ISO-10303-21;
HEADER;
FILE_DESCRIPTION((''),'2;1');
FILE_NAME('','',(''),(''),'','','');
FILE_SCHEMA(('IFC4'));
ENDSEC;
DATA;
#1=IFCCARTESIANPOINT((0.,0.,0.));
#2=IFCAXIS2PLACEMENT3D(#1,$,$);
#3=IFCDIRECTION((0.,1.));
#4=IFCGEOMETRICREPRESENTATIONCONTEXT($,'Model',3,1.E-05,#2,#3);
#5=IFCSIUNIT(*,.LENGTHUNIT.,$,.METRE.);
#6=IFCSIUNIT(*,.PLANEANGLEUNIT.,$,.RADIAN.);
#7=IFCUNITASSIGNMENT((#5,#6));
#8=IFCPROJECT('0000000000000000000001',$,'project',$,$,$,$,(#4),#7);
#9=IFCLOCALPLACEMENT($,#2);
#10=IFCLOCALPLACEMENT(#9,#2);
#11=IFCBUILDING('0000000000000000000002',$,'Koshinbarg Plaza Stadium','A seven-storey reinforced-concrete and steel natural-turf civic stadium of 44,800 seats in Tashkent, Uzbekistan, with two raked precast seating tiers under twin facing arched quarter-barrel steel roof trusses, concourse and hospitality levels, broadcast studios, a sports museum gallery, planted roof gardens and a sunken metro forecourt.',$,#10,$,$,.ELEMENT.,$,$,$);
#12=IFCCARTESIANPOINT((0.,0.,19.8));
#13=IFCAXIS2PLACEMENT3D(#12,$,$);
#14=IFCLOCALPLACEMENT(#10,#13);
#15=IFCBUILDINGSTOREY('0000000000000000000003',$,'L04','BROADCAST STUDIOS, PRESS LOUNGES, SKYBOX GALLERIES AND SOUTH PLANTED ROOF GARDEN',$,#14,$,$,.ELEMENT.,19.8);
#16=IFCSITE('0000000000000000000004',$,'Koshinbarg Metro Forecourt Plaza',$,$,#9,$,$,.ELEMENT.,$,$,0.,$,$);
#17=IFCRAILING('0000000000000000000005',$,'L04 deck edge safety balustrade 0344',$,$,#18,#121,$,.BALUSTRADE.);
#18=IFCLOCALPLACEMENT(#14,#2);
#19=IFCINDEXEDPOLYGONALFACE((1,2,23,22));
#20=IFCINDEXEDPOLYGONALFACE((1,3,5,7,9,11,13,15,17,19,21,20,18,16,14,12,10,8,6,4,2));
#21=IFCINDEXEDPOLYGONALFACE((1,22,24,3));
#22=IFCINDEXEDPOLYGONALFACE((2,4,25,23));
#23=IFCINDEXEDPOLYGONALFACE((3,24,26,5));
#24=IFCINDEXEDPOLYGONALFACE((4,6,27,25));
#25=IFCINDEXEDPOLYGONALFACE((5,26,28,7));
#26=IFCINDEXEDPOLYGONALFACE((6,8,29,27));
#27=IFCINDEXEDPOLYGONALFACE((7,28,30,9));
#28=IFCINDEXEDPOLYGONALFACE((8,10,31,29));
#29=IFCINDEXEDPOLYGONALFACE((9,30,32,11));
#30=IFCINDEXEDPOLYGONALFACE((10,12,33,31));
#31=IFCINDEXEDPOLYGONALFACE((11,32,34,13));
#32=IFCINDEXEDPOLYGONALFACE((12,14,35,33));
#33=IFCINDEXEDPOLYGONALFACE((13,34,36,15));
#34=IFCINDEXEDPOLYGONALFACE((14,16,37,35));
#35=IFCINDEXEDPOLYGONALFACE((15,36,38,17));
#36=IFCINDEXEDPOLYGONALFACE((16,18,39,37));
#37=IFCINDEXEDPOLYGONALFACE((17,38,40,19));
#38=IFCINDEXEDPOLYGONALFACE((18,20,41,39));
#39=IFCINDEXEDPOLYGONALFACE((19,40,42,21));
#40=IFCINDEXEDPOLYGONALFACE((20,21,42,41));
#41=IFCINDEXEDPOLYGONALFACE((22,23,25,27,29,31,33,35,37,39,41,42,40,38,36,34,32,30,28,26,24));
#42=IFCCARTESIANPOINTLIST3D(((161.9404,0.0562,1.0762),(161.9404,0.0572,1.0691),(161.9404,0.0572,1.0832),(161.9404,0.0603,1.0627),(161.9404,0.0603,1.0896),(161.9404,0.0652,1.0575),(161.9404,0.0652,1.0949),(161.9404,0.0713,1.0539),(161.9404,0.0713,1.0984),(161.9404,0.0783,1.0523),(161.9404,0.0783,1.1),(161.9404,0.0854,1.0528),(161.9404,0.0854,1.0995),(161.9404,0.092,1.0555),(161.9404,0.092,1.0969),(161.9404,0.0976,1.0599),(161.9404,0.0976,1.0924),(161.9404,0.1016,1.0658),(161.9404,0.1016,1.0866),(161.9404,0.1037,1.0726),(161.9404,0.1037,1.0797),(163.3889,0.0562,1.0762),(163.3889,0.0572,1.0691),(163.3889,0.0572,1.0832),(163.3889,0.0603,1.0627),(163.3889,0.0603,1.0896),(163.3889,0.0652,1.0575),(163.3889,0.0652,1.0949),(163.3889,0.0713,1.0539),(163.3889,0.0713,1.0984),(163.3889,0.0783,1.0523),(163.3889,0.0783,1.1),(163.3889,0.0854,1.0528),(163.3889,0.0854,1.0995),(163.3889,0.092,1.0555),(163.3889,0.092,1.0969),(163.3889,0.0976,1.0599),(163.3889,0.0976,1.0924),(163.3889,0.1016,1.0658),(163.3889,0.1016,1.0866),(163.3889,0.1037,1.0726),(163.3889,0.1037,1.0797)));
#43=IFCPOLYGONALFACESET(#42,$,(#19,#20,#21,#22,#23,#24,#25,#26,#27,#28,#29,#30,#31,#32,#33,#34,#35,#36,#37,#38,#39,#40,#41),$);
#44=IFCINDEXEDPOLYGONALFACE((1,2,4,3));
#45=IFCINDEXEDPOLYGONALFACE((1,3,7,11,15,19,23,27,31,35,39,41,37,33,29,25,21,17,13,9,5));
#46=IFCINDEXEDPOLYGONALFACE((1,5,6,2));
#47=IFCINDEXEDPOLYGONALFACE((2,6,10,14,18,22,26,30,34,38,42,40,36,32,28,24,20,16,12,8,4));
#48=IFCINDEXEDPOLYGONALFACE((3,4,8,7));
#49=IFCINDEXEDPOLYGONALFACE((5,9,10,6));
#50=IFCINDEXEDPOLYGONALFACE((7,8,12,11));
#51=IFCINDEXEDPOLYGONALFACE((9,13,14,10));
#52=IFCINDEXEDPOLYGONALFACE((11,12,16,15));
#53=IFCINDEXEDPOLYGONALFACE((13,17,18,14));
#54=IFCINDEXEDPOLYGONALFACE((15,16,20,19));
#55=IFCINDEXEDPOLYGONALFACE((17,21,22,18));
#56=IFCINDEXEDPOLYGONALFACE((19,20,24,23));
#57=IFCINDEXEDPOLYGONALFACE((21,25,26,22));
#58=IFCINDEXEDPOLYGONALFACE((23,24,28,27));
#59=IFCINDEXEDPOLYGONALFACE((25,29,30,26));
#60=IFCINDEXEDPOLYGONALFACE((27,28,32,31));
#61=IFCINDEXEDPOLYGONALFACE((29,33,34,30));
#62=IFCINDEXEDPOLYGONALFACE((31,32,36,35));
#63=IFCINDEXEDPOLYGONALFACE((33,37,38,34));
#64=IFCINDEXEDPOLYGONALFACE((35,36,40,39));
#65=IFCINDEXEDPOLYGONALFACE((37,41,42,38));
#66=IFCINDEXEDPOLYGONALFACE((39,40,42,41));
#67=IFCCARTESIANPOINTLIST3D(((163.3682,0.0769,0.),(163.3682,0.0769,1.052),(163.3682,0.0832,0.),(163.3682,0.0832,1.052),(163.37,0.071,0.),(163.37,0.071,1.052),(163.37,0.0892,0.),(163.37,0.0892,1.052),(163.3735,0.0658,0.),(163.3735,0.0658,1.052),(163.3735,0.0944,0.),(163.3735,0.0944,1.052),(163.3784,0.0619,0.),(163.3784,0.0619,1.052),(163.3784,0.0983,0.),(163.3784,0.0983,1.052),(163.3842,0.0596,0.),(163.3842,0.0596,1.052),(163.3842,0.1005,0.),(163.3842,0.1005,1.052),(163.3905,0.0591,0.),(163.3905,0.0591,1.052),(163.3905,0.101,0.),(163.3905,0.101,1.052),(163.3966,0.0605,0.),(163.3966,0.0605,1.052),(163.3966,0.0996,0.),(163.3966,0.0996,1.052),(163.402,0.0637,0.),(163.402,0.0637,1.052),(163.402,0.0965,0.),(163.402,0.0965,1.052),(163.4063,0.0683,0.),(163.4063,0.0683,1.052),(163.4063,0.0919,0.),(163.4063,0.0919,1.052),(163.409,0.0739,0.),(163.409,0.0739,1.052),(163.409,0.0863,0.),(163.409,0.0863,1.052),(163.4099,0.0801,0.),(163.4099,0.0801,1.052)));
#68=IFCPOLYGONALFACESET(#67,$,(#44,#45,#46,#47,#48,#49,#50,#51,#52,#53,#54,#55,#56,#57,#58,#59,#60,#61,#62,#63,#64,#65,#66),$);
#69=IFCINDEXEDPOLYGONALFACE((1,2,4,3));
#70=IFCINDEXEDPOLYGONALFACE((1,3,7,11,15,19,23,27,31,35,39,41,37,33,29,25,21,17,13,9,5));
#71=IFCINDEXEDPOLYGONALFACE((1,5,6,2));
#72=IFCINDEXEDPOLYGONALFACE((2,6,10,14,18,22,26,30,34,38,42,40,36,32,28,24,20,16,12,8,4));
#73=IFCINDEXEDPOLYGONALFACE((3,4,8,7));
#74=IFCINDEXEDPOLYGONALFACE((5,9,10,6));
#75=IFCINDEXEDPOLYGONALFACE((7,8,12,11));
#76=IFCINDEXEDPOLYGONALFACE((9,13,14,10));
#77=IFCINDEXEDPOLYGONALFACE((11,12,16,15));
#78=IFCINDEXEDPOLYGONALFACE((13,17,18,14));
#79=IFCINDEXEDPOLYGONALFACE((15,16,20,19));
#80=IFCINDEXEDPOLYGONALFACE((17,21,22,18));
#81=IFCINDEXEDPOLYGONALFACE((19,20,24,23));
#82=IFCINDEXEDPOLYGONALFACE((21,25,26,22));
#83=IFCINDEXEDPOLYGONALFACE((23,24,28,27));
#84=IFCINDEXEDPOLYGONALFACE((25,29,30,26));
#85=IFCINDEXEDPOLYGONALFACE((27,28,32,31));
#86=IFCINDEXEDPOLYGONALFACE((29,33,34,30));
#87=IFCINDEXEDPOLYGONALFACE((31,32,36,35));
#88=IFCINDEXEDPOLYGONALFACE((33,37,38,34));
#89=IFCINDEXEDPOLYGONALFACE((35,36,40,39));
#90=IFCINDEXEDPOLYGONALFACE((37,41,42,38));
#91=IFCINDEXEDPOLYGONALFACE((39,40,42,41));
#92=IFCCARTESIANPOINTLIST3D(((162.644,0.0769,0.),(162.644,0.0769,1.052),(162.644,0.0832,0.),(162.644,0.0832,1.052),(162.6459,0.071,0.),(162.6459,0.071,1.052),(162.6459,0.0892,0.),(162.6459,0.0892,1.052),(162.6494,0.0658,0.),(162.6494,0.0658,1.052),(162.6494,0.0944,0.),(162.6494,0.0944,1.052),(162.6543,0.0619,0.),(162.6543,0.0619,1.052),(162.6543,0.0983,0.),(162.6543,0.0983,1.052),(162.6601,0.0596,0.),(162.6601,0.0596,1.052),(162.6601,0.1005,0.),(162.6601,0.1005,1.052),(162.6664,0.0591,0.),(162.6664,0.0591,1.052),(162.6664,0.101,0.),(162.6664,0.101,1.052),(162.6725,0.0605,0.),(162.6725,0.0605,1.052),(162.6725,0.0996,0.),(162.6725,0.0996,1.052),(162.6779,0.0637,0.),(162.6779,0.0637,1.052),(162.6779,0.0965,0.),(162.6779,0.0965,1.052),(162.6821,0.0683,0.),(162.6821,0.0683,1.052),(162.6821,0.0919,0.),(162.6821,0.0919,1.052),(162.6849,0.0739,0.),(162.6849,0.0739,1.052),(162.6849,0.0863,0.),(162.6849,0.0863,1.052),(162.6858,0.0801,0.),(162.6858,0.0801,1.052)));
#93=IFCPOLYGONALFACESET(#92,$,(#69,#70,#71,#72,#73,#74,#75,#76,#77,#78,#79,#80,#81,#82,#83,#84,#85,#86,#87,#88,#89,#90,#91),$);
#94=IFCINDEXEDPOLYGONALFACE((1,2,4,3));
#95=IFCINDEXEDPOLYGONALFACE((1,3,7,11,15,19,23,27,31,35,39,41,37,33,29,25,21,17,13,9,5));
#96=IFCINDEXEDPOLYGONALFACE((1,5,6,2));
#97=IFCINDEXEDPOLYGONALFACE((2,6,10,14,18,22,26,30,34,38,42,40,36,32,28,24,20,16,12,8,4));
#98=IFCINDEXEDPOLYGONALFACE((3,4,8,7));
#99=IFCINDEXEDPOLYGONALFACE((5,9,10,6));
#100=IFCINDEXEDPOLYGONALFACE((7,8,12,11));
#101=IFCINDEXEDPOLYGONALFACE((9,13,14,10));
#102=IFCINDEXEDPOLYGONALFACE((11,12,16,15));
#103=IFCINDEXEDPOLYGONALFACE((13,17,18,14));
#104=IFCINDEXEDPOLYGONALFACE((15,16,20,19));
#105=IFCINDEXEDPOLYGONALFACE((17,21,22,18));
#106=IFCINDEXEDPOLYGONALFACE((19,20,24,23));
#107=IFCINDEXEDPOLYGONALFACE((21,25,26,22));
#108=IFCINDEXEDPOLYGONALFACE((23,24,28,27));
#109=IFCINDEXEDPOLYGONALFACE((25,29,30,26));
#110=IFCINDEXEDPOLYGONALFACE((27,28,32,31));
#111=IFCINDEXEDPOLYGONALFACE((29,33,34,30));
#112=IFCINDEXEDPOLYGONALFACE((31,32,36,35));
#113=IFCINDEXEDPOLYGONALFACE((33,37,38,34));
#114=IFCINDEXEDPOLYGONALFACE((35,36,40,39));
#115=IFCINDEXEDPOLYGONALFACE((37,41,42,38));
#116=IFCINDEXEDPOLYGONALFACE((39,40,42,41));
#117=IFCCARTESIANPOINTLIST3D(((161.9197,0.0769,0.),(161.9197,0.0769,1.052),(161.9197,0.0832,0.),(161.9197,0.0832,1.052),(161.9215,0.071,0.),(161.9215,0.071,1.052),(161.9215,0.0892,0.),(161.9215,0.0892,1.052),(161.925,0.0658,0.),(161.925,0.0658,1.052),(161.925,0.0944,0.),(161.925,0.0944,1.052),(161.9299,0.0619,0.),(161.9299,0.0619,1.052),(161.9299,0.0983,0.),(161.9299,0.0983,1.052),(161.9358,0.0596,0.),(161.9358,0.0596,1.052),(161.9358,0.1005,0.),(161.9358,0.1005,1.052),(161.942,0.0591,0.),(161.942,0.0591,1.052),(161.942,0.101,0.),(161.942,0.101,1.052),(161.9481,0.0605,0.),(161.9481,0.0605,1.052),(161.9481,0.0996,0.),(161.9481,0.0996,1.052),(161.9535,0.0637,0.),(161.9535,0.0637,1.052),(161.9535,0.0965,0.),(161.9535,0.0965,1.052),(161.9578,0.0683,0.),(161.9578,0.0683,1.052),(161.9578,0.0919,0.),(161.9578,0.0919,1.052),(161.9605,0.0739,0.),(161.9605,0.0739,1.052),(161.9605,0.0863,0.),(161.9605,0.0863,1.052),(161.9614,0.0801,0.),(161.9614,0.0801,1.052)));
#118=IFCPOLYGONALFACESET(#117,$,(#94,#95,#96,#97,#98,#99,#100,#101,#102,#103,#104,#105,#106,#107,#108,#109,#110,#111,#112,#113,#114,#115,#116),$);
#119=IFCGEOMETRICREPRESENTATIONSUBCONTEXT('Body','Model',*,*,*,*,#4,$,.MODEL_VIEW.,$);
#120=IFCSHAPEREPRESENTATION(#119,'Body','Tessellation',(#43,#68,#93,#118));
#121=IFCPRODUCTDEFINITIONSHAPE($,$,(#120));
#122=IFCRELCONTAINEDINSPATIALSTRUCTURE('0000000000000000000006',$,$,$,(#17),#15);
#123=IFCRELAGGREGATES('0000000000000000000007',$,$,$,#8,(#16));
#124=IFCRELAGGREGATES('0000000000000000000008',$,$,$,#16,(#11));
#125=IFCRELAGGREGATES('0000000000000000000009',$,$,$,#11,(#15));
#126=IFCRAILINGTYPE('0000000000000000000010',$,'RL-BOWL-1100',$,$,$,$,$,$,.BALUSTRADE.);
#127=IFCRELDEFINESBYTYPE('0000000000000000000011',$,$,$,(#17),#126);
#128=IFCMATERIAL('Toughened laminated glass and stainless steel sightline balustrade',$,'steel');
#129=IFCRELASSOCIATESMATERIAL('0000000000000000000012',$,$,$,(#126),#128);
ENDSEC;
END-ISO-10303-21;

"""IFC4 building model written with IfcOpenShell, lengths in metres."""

from ifc_helpers import new_model, si_unit, direction, frame, origin, origin_2d, place, context, subcontext, project, spatial, circle, extrude, material, type_object, element, save


model = new_model("IFC4")

# Units and contexts
model_context = context("Model", 3, precision=1e-05, world=origin(), true_north=direction((0.0, 1.0)))
body_context = subcontext(model_context, "Body", "Model", "MODEL_VIEW")
ifc_project = project(units=[si_unit("LENGTHUNIT", "METRE"), si_unit("PLANEANGLEUNIT", "RADIAN")], contexts=[model_context])

# Site, building, storey
site_placement = place(None, origin())
site = spatial("IfcSite", under=ifc_project, at=site_placement, Name="Koshinbarg Metro Forecourt Plaza", CompositionType="ELEMENT", RefElevation=0.0)
building_placement = place(site_placement, origin())
building = spatial("IfcBuilding", under=site, at=building_placement, Name="Koshinbarg Plaza Stadium", Description="A seven-storey reinforced-concrete and steel natural-turf civic stadium of 44,800 seats in Tashkent, Uzbekistan, with two raked precast seating tiers under twin facing arched quarter-barrel steel roof trusses, concourse and hospitality levels, broadcast studios, a sports museum gallery, planted roof gardens and a sunken metro forecourt.", CompositionType="ELEMENT")
storey_placement = place(building_placement, frame((0.0, 0.0, 19.8)))
storey = spatial("IfcBuildingStorey", under=building, at=storey_placement, Name="L04", Description="BROADCAST STUDIOS, PRESS LOUNGES, SKYBOX GALLERIES AND SOUTH PLANTED ROOF GARDEN", CompositionType="ELEMENT", Elevation=19.8)

# Railing
ifc_material_1 = material(Name="Toughened laminated glass and stainless steel sightline balustrade", Category="steel")
railing_type = type_object("IfcRailingType", Name="RL-BOWL-1100", PredefinedType="BALUSTRADE", material=ifc_material_1)
railing_1_placement = place(storey_placement, frame((163.3889, 0.0801, 0.0)))
element("IfcRailing", 1, at=railing_1_placement, inside=storey, type_object=railing_type, Name="L04 deck edge safety balustrade 0344", PredefinedType="BALUSTRADE", context=body_context, shape_type="SweptSolid", body=[
    extrude(circle(Radius=0.0239, at=origin_2d()), frame((0.0, 0.0, 1.0762), z_axis=(-1.0, 0.0, 0.0), x_axis=(0.0, -1.0, 0.0)), (0.0, 0.0, 1.0), 1.4485),
    extrude(circle(Radius=0.021, at=origin_2d()), origin(), (0.0, 0.0, 1.0), 1.052),
    extrude(circle(Radius=0.021, at=origin_2d()), frame((-0.7241, 0.0, 0.0)), (0.0, 0.0, 1.0), 1.052),
    extrude(circle(Radius=0.021, at=origin_2d()), frame((-1.4485, 0.0, 0.0)), (0.0, 0.0, 1.0), 1.052),
])

save(model, "model.ifc")
